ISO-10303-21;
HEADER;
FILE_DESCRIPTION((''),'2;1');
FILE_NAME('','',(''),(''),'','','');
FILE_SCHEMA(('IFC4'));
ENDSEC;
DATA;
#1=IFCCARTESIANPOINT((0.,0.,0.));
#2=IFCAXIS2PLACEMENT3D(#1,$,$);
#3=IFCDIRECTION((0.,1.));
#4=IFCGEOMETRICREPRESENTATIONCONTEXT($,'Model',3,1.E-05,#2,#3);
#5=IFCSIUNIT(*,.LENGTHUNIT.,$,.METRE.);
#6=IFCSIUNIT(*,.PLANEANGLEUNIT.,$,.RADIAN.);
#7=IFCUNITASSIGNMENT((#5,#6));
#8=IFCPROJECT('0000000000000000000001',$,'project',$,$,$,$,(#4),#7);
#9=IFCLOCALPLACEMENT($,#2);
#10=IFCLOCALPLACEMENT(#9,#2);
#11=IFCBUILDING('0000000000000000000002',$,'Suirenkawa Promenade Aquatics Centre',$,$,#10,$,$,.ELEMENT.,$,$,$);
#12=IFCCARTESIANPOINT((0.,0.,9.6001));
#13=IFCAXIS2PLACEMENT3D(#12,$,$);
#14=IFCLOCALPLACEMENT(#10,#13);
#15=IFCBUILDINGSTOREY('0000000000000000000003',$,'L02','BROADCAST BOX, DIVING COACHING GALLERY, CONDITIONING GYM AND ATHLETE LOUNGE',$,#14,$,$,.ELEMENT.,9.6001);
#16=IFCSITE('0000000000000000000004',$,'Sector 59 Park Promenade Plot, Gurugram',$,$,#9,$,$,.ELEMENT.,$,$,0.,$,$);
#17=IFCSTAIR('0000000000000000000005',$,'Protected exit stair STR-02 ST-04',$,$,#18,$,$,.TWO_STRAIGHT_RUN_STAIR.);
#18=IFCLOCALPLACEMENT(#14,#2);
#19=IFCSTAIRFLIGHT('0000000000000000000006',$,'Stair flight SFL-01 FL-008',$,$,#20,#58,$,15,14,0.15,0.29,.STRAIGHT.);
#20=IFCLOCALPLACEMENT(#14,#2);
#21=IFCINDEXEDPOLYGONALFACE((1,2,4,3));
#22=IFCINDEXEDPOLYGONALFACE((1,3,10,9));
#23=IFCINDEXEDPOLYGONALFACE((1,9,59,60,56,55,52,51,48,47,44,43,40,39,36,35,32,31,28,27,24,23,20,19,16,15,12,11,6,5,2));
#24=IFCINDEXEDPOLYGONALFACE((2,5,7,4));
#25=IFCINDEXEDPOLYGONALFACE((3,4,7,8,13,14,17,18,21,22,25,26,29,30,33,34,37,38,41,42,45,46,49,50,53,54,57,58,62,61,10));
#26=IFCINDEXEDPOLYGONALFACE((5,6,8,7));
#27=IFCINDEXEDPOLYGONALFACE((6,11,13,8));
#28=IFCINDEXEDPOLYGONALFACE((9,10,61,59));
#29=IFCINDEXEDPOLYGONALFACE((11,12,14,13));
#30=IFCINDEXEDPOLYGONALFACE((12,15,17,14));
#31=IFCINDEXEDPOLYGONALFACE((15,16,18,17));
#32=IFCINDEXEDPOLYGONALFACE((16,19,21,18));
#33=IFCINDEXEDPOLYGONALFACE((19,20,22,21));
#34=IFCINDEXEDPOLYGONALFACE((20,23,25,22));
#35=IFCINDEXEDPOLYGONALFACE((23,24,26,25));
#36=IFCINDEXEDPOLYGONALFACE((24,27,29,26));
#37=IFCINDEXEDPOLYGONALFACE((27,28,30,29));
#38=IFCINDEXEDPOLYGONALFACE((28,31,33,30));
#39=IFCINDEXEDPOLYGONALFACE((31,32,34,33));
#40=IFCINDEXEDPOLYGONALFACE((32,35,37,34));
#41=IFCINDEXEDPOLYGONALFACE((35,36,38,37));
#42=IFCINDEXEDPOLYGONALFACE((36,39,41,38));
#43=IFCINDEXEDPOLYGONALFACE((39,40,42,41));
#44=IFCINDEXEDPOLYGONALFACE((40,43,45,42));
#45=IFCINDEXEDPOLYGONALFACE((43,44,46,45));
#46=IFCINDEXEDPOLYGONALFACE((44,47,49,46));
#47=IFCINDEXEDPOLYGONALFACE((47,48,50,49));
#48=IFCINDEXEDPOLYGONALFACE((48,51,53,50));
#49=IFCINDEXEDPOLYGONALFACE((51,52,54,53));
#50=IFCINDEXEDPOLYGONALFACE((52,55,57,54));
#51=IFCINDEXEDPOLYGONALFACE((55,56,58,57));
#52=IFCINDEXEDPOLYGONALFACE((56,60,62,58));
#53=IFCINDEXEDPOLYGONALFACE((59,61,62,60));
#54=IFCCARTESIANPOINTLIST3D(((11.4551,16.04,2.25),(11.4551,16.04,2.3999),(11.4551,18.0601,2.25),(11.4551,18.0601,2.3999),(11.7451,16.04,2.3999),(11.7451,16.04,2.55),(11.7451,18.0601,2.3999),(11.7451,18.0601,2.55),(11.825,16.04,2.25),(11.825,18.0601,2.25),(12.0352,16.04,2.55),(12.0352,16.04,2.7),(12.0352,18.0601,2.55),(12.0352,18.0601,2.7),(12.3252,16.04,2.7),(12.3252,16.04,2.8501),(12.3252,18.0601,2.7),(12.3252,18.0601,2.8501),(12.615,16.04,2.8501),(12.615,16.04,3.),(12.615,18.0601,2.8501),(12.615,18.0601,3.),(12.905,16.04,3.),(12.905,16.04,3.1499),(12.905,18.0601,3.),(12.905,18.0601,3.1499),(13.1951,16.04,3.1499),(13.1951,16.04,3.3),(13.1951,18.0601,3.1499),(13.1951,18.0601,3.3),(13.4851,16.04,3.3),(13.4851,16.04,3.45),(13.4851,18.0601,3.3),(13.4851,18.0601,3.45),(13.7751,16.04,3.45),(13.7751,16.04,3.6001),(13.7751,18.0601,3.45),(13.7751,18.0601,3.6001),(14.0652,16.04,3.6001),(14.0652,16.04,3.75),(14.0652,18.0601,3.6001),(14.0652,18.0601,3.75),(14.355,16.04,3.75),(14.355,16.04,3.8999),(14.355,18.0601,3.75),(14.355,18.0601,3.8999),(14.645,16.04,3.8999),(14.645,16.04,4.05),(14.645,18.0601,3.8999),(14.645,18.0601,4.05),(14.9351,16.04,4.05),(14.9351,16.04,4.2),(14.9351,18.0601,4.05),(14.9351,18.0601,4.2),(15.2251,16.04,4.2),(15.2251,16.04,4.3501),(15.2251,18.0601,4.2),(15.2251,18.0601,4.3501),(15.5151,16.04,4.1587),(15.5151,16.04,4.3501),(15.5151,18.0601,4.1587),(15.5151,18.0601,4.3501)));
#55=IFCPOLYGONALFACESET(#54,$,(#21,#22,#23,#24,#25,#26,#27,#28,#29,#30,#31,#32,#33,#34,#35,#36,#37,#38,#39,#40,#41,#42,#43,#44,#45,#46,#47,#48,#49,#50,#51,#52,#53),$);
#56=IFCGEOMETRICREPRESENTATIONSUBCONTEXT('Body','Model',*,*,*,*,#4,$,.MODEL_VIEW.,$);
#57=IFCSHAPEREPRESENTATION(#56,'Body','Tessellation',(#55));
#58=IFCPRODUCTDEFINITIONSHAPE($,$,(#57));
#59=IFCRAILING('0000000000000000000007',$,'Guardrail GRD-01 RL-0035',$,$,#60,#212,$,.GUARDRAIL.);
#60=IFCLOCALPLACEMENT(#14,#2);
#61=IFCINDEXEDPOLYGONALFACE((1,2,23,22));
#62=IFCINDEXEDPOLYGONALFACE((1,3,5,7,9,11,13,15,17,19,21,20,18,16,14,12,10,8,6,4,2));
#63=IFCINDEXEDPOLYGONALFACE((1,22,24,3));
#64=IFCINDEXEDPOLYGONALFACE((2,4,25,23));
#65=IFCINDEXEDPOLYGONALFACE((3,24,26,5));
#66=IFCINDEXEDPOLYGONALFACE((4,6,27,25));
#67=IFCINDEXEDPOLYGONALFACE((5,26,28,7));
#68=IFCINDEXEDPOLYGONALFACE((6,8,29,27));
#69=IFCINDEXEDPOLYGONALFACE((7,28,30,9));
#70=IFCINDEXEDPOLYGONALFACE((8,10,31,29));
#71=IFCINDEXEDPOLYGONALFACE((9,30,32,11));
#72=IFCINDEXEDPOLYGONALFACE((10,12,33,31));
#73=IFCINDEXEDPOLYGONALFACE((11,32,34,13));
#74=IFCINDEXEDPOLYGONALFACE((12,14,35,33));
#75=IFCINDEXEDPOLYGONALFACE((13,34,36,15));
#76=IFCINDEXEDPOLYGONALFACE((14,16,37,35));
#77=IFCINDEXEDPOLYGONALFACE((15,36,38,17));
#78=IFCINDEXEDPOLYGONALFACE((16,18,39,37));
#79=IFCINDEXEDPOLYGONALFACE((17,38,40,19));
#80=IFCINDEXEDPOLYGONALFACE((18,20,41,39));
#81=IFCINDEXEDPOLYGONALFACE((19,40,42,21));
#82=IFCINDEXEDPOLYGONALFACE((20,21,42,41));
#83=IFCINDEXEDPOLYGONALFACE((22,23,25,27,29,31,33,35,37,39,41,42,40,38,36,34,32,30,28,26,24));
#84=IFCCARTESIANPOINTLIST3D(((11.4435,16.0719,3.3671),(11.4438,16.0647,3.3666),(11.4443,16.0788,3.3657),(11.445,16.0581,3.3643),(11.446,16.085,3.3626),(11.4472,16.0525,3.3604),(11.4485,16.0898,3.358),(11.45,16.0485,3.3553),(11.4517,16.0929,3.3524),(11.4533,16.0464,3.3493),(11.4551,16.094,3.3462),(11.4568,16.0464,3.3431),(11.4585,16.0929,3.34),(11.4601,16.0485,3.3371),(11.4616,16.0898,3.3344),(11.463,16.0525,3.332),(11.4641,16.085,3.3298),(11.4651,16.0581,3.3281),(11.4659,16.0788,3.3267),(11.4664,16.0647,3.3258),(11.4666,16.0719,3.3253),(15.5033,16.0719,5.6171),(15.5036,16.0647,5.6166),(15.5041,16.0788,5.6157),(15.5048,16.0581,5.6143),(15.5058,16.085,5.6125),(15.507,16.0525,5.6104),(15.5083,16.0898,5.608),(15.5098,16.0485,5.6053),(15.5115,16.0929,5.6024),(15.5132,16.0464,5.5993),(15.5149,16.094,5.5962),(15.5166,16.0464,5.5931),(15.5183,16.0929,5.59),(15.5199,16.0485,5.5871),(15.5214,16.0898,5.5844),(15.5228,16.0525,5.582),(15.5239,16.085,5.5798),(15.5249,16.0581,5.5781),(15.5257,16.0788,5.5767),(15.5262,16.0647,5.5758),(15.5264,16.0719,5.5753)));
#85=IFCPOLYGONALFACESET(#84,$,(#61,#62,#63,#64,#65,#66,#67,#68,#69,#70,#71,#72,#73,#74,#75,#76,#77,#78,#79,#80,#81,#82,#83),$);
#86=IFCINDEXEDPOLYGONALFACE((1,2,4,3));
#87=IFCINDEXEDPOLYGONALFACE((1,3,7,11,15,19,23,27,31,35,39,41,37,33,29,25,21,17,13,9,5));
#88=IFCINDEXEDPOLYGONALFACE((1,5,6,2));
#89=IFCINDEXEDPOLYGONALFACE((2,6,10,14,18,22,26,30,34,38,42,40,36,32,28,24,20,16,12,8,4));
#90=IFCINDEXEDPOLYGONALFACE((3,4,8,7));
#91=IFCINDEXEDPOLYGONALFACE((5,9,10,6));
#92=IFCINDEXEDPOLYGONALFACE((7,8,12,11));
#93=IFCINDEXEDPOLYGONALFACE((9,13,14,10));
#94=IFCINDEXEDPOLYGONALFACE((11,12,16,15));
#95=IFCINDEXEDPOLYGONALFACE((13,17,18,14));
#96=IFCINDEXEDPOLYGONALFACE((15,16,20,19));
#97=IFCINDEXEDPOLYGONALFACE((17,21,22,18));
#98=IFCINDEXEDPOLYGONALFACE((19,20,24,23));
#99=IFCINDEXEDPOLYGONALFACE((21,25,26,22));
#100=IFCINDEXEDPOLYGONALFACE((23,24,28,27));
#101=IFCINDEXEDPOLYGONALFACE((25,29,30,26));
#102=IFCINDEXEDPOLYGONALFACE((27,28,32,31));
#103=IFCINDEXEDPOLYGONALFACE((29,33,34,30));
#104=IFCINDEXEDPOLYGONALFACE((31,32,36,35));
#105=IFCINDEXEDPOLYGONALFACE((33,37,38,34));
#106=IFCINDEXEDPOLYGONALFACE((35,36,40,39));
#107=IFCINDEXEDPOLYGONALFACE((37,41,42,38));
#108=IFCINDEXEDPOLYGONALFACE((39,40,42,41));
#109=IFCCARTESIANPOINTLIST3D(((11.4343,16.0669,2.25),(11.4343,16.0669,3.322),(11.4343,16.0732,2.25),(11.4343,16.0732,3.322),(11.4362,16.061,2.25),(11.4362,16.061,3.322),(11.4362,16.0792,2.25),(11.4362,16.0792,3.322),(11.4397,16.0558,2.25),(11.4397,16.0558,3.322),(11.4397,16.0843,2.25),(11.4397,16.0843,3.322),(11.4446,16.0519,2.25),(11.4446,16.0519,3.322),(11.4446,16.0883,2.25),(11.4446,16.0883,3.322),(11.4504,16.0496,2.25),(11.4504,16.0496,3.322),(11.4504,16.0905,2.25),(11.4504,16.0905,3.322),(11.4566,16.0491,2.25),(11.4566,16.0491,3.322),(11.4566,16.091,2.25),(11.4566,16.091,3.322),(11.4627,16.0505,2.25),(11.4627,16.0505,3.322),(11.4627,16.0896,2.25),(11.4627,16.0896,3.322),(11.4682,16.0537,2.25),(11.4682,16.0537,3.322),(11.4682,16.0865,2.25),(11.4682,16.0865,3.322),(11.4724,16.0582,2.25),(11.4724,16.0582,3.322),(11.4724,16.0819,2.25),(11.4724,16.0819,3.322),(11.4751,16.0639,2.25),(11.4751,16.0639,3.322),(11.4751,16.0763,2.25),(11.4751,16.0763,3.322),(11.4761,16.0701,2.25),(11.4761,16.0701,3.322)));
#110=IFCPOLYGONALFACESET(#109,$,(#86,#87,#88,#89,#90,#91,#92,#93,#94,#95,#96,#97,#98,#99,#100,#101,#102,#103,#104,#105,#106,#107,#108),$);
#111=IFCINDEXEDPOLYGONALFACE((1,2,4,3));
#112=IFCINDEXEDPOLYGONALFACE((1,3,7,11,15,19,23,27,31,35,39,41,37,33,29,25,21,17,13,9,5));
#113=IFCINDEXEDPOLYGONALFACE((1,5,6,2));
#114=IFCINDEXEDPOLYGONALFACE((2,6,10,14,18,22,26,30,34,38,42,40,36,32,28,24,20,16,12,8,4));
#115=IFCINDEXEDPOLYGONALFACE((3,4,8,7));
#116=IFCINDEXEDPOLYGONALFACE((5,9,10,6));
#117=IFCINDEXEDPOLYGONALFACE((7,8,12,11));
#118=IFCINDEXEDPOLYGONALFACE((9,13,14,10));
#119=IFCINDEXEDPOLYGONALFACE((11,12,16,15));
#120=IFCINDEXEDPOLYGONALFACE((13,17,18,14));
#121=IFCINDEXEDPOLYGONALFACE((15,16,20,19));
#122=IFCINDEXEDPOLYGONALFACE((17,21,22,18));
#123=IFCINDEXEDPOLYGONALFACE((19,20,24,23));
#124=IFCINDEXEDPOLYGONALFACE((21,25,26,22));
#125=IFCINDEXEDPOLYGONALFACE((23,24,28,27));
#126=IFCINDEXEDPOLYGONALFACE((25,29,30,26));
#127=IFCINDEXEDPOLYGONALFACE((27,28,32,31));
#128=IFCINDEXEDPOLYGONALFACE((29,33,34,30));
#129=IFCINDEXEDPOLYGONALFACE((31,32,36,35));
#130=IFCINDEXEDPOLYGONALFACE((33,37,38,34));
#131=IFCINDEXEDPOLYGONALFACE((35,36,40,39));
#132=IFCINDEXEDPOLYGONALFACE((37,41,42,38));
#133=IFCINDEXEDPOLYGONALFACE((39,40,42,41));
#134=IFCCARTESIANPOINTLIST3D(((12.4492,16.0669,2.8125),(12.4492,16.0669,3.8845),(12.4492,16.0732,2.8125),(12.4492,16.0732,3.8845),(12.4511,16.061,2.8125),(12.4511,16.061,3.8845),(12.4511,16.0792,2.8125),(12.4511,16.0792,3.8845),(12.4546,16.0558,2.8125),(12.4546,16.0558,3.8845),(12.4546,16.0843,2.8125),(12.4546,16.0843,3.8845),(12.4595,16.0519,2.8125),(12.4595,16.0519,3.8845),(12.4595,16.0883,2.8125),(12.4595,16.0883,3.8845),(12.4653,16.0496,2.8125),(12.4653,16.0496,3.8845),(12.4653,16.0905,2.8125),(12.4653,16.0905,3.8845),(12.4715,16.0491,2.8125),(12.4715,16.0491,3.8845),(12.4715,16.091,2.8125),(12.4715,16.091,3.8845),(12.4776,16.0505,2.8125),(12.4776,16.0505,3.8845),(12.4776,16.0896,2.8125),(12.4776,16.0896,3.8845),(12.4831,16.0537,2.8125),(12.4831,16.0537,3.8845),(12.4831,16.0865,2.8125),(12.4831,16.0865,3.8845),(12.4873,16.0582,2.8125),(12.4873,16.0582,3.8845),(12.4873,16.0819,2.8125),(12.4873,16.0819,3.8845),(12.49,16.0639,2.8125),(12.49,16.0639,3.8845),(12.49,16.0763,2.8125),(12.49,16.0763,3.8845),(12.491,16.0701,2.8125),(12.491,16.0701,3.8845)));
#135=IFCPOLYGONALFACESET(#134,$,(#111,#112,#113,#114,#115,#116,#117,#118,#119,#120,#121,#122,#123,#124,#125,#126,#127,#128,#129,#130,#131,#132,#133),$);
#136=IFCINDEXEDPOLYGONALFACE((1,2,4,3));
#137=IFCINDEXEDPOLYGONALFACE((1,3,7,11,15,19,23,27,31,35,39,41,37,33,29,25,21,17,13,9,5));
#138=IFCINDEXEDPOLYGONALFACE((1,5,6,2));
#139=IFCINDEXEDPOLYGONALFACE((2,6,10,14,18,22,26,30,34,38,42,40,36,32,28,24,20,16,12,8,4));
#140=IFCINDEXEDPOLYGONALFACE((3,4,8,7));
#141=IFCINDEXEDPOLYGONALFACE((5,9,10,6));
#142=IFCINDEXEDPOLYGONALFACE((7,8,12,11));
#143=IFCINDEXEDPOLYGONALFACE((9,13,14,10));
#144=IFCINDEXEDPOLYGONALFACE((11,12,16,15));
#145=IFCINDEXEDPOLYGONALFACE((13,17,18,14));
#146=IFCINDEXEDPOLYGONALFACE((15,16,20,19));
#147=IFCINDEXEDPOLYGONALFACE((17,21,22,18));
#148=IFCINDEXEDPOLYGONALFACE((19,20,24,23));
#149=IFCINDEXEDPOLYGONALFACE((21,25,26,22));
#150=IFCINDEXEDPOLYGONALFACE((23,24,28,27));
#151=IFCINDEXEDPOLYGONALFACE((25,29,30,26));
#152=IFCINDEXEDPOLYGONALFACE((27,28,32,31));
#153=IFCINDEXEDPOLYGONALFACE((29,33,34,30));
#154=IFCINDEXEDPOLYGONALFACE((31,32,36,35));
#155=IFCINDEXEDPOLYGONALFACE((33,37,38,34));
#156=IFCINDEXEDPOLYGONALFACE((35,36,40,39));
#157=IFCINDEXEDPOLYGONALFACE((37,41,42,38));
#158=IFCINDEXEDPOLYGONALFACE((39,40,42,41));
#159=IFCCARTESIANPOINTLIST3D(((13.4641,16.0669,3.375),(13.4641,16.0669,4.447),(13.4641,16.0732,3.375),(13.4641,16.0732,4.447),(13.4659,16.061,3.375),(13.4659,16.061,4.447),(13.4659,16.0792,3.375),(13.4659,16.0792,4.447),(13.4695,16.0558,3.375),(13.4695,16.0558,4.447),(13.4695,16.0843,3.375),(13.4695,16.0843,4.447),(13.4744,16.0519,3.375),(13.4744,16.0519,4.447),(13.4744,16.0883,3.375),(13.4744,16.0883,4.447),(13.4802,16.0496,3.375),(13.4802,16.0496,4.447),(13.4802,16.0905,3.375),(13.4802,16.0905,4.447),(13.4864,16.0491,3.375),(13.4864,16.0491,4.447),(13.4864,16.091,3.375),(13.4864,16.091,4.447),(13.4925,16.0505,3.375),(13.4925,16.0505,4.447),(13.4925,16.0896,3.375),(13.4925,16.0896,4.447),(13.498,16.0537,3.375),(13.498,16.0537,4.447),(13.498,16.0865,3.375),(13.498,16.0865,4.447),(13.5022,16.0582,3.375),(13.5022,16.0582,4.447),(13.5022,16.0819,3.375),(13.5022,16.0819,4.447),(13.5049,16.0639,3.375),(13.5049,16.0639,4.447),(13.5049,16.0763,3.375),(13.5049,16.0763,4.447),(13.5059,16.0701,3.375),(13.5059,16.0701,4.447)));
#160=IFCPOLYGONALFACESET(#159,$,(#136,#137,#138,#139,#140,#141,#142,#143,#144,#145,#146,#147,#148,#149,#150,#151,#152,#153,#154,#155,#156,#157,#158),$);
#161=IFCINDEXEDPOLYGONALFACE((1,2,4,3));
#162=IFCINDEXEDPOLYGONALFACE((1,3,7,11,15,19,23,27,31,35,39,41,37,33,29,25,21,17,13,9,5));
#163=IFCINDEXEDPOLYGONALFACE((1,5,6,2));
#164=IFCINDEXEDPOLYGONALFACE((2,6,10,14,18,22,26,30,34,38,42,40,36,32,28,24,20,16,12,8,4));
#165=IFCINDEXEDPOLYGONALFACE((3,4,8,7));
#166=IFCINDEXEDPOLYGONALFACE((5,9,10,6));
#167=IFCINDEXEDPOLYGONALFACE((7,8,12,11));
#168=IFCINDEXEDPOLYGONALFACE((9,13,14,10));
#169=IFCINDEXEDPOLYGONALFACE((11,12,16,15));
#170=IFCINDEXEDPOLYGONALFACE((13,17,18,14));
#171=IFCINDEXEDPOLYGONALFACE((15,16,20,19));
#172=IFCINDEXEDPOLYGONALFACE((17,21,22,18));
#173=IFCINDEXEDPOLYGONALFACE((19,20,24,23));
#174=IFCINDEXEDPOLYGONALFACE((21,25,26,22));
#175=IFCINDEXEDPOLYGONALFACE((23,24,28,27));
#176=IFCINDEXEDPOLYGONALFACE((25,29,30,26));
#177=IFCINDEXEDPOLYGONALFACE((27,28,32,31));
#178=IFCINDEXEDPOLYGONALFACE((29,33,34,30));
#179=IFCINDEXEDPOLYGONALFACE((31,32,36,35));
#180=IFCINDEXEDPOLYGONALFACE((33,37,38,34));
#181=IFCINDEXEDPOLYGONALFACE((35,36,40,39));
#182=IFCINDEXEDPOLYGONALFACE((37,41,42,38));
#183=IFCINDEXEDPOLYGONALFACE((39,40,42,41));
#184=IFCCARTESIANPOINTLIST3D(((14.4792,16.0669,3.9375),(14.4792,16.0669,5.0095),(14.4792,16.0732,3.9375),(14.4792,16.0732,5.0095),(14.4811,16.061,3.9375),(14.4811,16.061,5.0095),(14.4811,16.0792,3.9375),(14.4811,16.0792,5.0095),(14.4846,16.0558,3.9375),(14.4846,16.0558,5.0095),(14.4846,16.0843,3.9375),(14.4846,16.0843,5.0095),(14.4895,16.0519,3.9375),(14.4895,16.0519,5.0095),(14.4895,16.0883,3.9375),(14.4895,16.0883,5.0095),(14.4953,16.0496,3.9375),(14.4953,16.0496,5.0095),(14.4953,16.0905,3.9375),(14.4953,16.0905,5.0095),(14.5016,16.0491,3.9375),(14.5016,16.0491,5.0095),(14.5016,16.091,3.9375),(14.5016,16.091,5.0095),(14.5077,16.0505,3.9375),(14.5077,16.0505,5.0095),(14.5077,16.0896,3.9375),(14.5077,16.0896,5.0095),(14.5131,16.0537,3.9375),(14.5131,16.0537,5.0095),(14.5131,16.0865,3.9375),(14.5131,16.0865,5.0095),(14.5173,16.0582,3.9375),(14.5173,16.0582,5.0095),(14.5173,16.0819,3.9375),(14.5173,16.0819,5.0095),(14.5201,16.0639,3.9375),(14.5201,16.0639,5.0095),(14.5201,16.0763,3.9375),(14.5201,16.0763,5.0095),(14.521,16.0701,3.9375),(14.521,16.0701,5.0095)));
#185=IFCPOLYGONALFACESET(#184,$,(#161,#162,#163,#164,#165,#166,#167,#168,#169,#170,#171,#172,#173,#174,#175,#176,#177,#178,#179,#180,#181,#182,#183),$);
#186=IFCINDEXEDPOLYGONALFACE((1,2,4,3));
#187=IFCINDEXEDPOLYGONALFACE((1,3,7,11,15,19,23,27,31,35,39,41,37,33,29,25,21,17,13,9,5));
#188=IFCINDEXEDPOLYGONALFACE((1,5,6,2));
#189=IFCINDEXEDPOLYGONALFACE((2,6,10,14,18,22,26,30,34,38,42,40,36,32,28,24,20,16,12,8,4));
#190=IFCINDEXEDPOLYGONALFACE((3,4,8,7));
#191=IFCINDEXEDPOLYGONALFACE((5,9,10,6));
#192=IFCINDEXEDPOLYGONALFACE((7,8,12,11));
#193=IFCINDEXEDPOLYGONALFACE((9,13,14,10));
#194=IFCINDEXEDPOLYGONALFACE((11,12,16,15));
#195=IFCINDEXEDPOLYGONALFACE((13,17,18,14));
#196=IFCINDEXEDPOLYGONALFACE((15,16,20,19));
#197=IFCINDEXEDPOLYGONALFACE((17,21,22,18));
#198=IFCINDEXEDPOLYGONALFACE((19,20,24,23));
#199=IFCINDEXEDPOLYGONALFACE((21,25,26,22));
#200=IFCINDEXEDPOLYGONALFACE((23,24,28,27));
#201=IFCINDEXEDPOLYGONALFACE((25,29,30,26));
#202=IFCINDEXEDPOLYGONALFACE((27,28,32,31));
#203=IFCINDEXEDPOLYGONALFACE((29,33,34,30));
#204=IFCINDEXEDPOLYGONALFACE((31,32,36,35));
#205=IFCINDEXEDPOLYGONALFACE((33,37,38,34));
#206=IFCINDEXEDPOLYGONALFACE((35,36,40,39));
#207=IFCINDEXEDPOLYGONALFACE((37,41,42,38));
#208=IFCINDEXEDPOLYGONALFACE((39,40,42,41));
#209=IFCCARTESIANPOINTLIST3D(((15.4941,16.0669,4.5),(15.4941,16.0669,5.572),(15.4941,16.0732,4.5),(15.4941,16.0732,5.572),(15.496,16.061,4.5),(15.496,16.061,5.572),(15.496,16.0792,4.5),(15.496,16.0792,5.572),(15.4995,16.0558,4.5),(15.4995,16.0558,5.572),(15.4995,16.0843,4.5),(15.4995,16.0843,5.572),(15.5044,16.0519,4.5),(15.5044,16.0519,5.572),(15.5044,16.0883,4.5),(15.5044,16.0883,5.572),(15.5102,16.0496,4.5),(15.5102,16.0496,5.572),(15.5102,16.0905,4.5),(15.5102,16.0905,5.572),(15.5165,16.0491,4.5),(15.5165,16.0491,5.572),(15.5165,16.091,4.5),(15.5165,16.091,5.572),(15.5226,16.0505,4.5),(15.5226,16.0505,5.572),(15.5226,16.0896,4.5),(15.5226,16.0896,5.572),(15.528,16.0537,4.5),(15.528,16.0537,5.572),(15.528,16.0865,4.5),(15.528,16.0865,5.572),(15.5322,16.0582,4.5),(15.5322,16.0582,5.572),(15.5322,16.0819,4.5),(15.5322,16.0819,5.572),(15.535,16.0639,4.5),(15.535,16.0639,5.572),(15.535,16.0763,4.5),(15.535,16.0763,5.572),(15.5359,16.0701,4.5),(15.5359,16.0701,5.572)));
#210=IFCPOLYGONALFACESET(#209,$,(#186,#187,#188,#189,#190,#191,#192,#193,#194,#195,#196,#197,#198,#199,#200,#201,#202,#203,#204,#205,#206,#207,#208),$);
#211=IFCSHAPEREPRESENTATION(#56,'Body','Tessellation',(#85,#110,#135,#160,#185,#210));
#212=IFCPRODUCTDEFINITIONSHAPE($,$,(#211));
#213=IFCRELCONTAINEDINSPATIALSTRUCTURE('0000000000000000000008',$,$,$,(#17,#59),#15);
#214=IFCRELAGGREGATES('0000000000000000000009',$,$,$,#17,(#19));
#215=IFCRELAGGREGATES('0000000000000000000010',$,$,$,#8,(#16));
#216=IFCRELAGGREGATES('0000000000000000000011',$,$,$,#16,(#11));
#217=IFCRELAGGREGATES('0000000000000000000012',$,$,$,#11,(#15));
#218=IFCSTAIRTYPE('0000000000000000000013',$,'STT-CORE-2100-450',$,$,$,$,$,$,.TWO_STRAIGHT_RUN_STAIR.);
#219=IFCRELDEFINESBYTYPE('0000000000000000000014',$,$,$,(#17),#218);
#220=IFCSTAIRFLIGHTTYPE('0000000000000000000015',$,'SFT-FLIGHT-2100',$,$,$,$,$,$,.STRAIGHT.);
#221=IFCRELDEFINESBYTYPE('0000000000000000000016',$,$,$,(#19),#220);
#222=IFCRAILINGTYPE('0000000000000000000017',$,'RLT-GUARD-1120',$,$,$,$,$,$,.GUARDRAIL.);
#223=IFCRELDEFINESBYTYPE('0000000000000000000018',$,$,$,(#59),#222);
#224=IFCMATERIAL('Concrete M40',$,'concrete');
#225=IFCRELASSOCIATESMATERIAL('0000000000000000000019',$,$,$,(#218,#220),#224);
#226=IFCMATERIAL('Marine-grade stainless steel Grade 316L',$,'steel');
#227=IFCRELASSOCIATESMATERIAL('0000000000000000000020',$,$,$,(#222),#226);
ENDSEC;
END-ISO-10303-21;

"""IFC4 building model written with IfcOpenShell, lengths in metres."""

from ifc_helpers import new_model, si_unit, direction, frame, origin, origin_2d, place, context, subcontext, project, spatial, polyline, circle, outline, extrude, material, type_object, element, aggregate, save


model = new_model("IFC4")

# Units and contexts
model_context = context("Model", 3, precision=1e-05, world=origin(), true_north=direction((0.0, 1.0)))
body_context = subcontext(model_context, "Body", "Model", "MODEL_VIEW")
ifc_project = project(units=[si_unit("LENGTHUNIT", "METRE"), si_unit("PLANEANGLEUNIT", "RADIAN")], contexts=[model_context])

# Site, building, storey
site_placement = place(None, origin())
site = spatial("IfcSite", under=ifc_project, at=site_placement, Name="Sector 59 Park Promenade Plot, Gurugram", CompositionType="ELEMENT", RefElevation=0.0)
building_placement = place(site_placement, origin())
building = spatial("IfcBuilding", under=site, at=building_placement, Name="Suirenkawa Promenade Aquatics Centre", CompositionType="ELEMENT")
storey_placement = place(building_placement, frame((0.0, 0.0, 9.6001)))
storey = spatial("IfcBuildingStorey", under=building, at=storey_placement, Name="L02", Description="BROADCAST BOX, DIVING COACHING GALLERY, CONDITIONING GYM AND ATHLETE LOUNGE", CompositionType="ELEMENT", Elevation=9.6001)

# Shared definitions
ifc_material_1 = material(Name="Concrete M40", Category="concrete")

# Stair, stair flight
stair_type = type_object("IfcStairType", Name="STT-CORE-2100-450", PredefinedType="TWO_STRAIGHT_RUN_STAIR", material=ifc_material_1)
stair_placement = place(storey_placement, origin())
stair = element("IfcStair", 1, at=stair_placement, inside=storey, type_object=stair_type, Name="Protected exit stair STR-02 ST-04", PredefinedType="TWO_STRAIGHT_RUN_STAIR")
stair_flight_type = type_object("IfcStairFlightType", Name="SFT-FLIGHT-2100", PredefinedType="STRAIGHT", material=ifc_material_1)
stair_flight_placement = place(storey_placement, frame((11.4551, 17.05, 2.25), z_axis=(0.0, 0.0, 1.0), x_axis=(1.0, 0.0, 0.0)))
stair_flight = element("IfcStairFlight", 2, at=stair_flight_placement, type_object=stair_flight_type, Name="Stair flight SFL-01 FL-008", NumberOfRisers=15, NumberOfTreads=14, PredefinedType="STRAIGHT", RiserHeight=0.15, TreadLength=0.29, context=body_context, shape_type="SweptSolid", body=[
    extrude(outline(polyline([(0.0, 0.0), (0.0, 0.1499), (0.29, 0.1499), (0.29, 0.3), (0.5801, 0.3), (0.5801, 0.45), (0.8701, 0.45), (0.8701, 0.6001), (1.1599, 0.6001), (1.1599, 0.75), (1.45, 0.75), (1.45, 0.8999), (1.74, 0.8999), (1.74, 1.05), (2.03, 1.05), (2.03, 1.2), (2.3201, 1.2), (2.3201, 1.3501), (2.6101, 1.3501), (2.6101, 1.5), (2.8999, 1.5), (2.8999, 1.6499), (3.1899, 1.6499), (3.1899, 1.8), (3.48, 1.8), (3.48, 1.95), (3.77, 1.95), (3.77, 2.1001), (4.0601, 2.1001), (4.0601, 2.25), (4.0601, 1.9087), (0.3699, 0.0), (0.0, 0.0)])), frame((0.0, 1.01, 0.0), z_axis=(0.0, -1.0, 0.0), x_axis=(1.0, 0.0, 0.0)), (0.0, 0.0, 1.0), 2.02),
])
aggregate(stair, [stair_flight])

# Railing
ifc_material_2 = material(Name="Marine-grade stainless steel Grade 316L", Category="steel")
railing_type_1 = type_object("IfcRailingType", Name="RLT-GUARD-1120", PredefinedType="GUARDRAIL", material=ifc_material_2)
railing_1_placement = place(storey_placement, frame((11.4551, 16.0701, 2.25)))
element("IfcRailing", 3, at=railing_1_placement, inside=storey, type_object=railing_type_1, Name="Guardrail GRD-01 RL-0035", PredefinedType="GUARDRAIL", context=body_context, shape_type="SweptSolid", body=[
    extrude(circle(Radius=0.0239, at=origin_2d()), frame((0.0, 0.0, 1.0962), z_axis=(0.874656, 0.0, 0.484745), x_axis=(0.0, 1.0, 0.0)), (0.0, 0.0, 1.0), 4.6416),
    extrude(circle(Radius=0.021, at=origin_2d()), origin(), (0.0, 0.0, 1.0), 1.072),
    extrude(circle(Radius=0.021, at=origin_2d()), frame((1.0149, 0.0, 0.5625)), (0.0, 0.0, 1.0), 1.072),
    extrude(circle(Radius=0.021, at=origin_2d()), frame((2.0298, 0.0, 1.125)), (0.0, 0.0, 1.0), 1.072),
    extrude(circle(Radius=0.021, at=origin_2d()), frame((3.0449, 0.0, 1.6875)), (0.0, 0.0, 1.0), 1.072),
    extrude(circle(Radius=0.021, at=origin_2d()), frame((4.0598, 0.0, 2.25)), (0.0, 0.0, 1.0), 1.072),
])

save(model, "model.ifc")
